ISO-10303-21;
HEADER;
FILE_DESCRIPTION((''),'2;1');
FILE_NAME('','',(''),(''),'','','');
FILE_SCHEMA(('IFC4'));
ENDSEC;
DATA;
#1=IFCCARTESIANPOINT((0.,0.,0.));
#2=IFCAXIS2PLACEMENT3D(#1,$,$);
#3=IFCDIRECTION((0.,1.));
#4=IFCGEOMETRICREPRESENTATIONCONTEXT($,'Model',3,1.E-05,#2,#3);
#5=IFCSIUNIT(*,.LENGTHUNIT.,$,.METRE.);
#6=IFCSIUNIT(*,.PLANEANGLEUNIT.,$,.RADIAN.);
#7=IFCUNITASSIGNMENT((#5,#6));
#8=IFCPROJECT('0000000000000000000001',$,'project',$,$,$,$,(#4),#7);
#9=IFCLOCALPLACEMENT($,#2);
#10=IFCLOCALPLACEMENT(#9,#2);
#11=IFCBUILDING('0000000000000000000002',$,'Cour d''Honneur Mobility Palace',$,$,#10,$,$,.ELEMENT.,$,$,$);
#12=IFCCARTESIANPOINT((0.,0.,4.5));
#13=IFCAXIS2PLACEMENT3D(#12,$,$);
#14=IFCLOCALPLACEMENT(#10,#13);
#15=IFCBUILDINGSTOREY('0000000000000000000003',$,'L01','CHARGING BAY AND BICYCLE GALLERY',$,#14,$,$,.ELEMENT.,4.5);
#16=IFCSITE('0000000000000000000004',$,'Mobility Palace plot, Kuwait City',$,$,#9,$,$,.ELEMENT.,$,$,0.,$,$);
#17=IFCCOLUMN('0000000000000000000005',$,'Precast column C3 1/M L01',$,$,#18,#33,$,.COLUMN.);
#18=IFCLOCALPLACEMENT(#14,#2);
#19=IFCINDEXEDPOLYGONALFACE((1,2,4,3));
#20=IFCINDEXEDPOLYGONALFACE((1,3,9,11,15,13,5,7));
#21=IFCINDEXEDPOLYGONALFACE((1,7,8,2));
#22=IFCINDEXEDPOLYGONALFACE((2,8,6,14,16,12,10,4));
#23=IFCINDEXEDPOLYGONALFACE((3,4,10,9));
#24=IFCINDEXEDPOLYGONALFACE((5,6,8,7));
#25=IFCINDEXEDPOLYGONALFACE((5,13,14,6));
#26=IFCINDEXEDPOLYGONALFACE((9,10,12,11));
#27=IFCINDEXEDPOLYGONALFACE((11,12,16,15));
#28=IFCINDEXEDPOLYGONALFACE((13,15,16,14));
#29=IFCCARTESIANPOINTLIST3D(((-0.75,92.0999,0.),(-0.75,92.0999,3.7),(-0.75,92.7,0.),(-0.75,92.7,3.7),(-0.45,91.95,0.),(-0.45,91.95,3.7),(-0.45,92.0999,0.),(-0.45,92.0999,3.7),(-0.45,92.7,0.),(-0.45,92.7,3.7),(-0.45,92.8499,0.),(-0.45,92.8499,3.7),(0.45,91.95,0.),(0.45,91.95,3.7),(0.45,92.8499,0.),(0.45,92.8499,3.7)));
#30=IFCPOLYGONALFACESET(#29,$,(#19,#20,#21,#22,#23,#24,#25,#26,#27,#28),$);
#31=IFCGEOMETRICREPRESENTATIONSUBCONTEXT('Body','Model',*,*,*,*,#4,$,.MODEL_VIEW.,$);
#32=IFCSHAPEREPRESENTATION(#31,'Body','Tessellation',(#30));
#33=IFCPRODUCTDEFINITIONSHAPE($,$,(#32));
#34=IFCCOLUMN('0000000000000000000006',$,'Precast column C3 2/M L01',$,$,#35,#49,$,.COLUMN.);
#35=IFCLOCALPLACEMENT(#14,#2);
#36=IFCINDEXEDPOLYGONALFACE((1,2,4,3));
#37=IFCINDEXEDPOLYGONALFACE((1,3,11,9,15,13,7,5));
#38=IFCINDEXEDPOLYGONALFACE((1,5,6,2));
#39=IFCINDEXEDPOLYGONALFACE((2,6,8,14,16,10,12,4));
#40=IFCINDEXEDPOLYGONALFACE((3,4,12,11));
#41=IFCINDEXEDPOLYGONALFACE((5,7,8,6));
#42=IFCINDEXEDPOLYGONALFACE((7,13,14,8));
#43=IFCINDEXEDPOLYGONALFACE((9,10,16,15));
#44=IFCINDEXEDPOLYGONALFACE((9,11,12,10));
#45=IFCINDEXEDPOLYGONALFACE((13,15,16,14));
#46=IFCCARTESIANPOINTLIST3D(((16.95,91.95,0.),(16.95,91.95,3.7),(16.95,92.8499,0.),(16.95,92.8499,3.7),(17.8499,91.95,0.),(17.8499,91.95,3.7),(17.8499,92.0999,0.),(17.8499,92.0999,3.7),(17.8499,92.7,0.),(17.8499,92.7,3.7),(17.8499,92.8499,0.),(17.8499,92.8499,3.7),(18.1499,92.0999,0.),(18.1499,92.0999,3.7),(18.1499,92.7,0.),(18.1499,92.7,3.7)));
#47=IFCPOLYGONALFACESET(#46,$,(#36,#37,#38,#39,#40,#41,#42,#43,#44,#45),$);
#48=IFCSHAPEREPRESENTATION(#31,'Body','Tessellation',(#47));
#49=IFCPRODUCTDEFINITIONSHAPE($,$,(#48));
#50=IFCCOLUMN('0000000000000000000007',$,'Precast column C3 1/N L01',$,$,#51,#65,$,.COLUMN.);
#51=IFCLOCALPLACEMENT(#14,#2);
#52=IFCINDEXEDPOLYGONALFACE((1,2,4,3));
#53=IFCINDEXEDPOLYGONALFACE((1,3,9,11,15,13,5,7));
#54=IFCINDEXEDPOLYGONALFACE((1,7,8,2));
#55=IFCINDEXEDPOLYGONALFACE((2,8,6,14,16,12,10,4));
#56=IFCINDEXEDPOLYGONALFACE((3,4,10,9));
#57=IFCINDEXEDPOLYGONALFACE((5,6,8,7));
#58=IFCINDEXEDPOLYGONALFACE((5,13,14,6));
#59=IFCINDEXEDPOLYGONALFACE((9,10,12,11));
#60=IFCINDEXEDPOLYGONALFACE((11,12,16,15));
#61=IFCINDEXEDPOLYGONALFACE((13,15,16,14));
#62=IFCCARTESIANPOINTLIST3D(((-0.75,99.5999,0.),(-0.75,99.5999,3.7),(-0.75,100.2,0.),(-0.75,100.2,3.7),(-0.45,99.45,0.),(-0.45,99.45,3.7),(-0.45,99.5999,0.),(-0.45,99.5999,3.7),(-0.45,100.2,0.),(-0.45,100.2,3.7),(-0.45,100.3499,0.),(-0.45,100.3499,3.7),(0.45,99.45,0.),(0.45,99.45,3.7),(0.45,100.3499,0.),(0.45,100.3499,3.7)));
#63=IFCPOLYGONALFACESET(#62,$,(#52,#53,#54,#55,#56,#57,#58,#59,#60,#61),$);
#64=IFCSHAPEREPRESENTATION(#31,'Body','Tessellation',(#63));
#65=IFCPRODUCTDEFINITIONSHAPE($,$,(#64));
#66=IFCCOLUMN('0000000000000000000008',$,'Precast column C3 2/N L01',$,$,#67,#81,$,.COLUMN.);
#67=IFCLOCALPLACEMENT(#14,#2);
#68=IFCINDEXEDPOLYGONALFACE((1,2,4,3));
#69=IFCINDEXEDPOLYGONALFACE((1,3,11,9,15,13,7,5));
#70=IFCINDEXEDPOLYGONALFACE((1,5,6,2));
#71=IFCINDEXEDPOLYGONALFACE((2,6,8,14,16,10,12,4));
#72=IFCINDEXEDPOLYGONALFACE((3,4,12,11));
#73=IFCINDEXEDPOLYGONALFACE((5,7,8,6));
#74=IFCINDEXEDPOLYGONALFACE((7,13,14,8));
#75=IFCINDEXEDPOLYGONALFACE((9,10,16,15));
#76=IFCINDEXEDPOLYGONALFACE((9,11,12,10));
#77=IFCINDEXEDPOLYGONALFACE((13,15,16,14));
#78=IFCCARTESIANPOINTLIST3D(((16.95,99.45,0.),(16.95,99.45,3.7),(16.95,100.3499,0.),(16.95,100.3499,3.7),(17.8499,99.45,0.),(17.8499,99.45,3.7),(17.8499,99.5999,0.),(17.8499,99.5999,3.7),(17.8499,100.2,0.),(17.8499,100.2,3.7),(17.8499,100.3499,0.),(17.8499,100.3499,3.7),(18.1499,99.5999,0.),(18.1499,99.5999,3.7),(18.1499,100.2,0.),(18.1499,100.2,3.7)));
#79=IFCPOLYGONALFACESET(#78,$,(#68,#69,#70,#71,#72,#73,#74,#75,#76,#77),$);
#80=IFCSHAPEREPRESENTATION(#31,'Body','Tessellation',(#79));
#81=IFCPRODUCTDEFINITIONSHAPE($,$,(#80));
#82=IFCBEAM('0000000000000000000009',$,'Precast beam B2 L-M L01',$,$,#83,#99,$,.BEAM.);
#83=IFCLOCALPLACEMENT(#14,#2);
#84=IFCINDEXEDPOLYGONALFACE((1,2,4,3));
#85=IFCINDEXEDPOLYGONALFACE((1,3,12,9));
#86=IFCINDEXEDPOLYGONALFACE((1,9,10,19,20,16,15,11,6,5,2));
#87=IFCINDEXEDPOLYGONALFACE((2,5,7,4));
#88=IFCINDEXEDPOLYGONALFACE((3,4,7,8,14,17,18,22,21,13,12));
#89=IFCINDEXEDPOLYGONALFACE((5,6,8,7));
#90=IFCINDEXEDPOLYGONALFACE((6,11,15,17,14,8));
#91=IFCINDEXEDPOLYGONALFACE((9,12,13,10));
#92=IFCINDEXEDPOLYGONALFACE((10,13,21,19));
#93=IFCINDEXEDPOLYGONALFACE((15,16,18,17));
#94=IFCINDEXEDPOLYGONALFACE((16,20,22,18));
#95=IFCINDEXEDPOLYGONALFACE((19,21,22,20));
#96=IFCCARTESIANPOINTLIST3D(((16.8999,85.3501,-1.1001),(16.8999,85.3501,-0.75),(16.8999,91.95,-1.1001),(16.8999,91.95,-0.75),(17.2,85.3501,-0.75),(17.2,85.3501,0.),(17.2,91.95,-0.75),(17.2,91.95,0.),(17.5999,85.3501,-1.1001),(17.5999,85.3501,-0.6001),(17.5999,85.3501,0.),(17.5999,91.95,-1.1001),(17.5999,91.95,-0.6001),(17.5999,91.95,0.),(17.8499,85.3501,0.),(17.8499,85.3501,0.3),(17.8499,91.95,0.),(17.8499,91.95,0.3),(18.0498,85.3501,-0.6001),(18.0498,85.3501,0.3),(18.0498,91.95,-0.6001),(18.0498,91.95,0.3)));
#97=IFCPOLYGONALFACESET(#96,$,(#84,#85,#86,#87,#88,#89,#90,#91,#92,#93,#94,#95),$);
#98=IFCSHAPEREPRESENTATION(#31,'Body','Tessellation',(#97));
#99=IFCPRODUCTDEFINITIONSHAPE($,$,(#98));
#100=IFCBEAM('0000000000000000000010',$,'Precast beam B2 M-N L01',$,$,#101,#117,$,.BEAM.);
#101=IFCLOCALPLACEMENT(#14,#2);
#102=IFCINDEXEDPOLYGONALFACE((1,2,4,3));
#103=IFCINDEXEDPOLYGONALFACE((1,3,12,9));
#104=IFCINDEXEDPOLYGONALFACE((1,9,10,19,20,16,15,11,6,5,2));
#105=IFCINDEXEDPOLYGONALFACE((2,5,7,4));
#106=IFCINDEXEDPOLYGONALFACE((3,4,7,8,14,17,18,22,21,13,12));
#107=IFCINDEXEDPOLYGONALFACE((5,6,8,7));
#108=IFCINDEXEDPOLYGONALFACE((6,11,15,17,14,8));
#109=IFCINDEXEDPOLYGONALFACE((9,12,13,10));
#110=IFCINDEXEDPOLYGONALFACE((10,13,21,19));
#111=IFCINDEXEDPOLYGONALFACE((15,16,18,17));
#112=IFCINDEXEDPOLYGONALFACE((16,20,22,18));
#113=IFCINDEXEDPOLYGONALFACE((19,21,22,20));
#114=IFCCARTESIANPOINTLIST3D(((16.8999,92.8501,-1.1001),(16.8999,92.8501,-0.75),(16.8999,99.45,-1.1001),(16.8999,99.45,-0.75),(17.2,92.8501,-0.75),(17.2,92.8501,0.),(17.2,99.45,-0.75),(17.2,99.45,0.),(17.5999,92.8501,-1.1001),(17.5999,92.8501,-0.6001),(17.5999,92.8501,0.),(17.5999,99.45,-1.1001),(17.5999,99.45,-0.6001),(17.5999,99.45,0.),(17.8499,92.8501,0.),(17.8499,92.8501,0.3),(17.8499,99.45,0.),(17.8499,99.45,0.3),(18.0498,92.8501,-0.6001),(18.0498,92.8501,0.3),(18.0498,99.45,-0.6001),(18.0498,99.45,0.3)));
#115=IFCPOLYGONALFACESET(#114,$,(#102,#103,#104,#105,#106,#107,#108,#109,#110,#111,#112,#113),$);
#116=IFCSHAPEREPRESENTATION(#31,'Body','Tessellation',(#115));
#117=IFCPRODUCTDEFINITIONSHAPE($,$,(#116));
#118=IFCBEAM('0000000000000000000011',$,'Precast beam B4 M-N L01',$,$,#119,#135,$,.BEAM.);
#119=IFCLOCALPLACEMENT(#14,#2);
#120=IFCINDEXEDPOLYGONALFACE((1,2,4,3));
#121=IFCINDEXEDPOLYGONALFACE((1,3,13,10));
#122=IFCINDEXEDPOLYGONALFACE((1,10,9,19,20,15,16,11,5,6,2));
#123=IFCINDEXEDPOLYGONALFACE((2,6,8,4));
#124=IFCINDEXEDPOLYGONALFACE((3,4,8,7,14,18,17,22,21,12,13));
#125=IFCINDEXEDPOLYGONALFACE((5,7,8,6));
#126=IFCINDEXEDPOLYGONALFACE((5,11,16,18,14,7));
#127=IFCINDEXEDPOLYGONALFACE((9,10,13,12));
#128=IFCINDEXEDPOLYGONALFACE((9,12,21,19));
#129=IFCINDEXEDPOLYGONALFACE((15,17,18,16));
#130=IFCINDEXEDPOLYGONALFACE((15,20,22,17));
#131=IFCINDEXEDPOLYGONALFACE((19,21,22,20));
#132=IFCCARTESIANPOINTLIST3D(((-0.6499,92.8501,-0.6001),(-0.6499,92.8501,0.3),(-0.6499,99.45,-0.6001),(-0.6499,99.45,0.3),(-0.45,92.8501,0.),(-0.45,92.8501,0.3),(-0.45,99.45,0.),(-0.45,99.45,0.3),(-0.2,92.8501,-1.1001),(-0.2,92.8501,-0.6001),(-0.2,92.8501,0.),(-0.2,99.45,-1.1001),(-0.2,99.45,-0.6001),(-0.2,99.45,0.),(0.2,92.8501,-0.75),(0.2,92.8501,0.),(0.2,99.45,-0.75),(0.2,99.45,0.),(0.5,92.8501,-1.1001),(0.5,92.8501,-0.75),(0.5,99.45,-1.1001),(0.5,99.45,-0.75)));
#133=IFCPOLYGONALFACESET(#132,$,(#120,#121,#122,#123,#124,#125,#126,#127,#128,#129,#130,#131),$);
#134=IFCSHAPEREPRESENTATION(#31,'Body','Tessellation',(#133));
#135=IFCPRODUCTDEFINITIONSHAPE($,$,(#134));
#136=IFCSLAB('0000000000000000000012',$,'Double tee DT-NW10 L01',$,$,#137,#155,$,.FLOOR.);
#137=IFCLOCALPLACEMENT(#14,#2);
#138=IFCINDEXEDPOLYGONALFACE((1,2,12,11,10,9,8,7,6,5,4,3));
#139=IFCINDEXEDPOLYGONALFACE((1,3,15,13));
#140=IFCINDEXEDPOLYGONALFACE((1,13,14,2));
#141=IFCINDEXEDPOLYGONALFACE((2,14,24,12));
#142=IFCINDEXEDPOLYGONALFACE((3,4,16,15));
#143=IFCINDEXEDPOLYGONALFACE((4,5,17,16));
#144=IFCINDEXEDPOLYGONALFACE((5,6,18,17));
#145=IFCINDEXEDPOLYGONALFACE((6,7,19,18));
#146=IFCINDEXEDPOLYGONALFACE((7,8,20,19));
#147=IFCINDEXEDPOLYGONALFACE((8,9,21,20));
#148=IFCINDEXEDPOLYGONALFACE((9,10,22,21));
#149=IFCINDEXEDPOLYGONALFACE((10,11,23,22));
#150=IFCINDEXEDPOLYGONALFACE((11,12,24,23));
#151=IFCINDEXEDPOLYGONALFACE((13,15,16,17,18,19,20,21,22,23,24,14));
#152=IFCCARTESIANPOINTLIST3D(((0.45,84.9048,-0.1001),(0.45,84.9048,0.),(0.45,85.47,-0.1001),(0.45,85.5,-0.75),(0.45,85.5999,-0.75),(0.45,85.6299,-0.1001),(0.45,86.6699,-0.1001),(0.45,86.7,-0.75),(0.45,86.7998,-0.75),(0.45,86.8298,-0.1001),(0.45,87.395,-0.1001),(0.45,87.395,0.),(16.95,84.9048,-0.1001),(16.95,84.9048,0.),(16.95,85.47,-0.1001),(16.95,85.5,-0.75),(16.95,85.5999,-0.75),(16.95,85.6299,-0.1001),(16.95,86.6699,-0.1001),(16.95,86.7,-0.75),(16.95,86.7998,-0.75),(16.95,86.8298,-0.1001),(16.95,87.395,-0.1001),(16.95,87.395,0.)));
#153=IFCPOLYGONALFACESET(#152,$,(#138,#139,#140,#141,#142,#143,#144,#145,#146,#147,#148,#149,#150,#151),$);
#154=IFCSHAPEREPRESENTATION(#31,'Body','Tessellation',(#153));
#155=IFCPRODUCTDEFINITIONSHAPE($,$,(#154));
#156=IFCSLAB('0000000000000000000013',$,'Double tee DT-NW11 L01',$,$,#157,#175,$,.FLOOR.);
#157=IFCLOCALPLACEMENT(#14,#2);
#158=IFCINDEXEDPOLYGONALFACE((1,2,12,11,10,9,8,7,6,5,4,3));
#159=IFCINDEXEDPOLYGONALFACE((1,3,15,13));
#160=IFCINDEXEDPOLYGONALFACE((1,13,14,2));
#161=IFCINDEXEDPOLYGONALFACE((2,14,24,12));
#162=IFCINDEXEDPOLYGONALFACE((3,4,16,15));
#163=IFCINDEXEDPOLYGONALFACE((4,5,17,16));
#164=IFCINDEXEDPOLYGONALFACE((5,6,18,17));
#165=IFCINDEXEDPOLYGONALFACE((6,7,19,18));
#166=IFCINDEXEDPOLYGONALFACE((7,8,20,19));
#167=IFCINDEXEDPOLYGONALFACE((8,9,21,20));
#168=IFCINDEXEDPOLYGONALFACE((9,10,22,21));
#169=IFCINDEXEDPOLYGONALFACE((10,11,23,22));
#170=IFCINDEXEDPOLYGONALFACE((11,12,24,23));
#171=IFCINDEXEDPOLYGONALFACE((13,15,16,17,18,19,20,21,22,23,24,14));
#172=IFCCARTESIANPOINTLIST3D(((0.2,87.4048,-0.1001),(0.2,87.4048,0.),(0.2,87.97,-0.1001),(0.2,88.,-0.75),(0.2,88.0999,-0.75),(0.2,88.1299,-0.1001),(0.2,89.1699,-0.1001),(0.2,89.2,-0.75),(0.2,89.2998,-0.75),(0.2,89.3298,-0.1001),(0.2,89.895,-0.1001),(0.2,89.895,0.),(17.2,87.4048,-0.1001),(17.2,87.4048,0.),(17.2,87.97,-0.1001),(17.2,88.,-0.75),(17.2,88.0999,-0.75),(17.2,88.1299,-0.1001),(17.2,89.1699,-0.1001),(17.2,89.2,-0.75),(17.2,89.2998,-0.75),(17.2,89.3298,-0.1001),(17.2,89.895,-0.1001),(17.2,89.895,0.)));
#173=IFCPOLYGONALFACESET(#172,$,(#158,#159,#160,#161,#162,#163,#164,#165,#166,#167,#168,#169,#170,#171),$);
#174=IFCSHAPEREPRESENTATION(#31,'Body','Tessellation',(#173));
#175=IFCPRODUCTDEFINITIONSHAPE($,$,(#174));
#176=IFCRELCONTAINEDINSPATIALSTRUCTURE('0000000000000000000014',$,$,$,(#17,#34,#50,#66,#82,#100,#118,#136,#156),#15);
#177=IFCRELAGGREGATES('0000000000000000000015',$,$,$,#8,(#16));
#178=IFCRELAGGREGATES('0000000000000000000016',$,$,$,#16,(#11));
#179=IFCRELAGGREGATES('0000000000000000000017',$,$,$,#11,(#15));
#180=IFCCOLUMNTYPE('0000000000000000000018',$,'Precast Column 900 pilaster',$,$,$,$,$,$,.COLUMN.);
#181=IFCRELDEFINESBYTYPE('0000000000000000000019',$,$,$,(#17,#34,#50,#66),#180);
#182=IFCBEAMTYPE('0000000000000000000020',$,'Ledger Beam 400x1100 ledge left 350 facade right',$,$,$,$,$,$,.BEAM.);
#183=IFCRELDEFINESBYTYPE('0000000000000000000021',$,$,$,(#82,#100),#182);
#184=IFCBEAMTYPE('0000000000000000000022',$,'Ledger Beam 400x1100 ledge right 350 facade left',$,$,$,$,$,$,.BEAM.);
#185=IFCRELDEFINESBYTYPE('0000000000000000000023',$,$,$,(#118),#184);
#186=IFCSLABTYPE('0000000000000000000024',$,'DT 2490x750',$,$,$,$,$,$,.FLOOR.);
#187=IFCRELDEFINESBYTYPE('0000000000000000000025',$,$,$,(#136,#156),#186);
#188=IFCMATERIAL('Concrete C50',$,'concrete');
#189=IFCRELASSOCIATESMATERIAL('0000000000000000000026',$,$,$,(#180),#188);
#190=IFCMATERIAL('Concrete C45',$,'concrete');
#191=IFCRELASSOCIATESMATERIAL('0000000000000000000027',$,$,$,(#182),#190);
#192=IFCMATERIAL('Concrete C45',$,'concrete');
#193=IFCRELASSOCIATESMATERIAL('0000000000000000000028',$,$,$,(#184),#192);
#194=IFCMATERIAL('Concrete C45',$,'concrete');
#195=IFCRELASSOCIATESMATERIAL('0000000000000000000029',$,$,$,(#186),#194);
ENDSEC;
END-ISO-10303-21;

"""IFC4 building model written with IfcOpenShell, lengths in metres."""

from ifc_helpers import new_model, si_unit, direction, frame, origin, place, context, subcontext, project, spatial, polyline, outline, extrude, material, material_profile, profile_set, type_object, element, save


model = new_model("IFC4")

# Units and contexts
model_context = context("Model", 3, precision=1e-05, world=origin(), true_north=direction((0.0, 1.0)))
body_context = subcontext(model_context, "Body", "Model", "MODEL_VIEW")
ifc_project = project(units=[si_unit("LENGTHUNIT", "METRE"), si_unit("PLANEANGLEUNIT", "RADIAN")], contexts=[model_context])

# Site, building, storey
site_placement = place(None, origin())
site = spatial("IfcSite", under=ifc_project, at=site_placement, Name="Mobility Palace plot, Kuwait City", CompositionType="ELEMENT", RefElevation=0.0)
building_placement = place(site_placement, origin())
building = spatial("IfcBuilding", under=site, at=building_placement, Name="Cour d'Honneur Mobility Palace", CompositionType="ELEMENT")
storey_placement = place(building_placement, frame((0.0, 0.0, 4.5)))
storey = spatial("IfcBuildingStorey", under=building, at=storey_placement, Name="L01", Description="CHARGING BAY AND BICYCLE GALLERY", CompositionType="ELEMENT", Elevation=4.5)

# Columns
ifc_material_1 = material(Name="Concrete C50", Category="concrete")
ifc_material_profile_1 = material_profile(ifc_material_1, outline(polyline([(-0.45, -0.45), (0.45, -0.45), (0.45, -0.3), (0.75, -0.3), (0.75, 0.3), (0.45, 0.3), (0.45, 0.45), (-0.45, 0.45), (-0.45, -0.45)])), Name="PC C900 pilaster")
ifc_profile_set_1 = profile_set([ifc_material_profile_1], Name="Concrete C50")
column_type = type_object("IfcColumnType", Name="Precast Column 900 pilaster", PredefinedType="COLUMN", material=ifc_profile_set_1)
for number, where, z_axis, x_axis, name in (
    (1, (0.0, 92.3999, 0.0), (0.0, 0.0, 1.0), (-1.0, 0.0, 0.0), "Precast column C3 1/M L01"),
    (2, (17.3999, 92.3999, 0.0), (0.0, 0.0, 1.0), (1.0, 0.0, 0.0), "Precast column C3 2/M L01"),
    (3, (0.0, 99.8999, 0.0), (0.0, 0.0, 1.0), (-1.0, 0.0, 0.0), "Precast column C3 1/N L01"),
    (4, (17.3999, 99.8999, 0.0), (0.0, 0.0, 1.0), (1.0, 0.0, 0.0), "Precast column C3 2/N L01"),
):
    element("IfcColumn", number, at=place(storey_placement, frame(where, z_axis=z_axis, x_axis=x_axis)), inside=storey, type_object=column_type, Name=name, PredefinedType="COLUMN", context=body_context, shape_type="SweptSolid", body=[
        extrude(outline(polyline([(-0.45, -0.45), (0.45, -0.45), (0.45, -0.3), (0.75, -0.3), (0.75, 0.3), (0.45, 0.3), (0.45, 0.45), (-0.45, 0.45), (-0.45, -0.45)])), origin(), (0.0, 0.0, 1.0), 3.7),
    ])

# Beams
ifc_material_2 = material(Name="Concrete C45", Category="concrete")
ifc_material_profile_2 = material_profile(ifc_material_2, outline(polyline([(0.5, -1.1001), (0.5, -0.75), (0.2, -0.75), (0.2, 0.0), (-0.2, 0.0), (-0.45, 0.0), (-0.45, 0.3), (-0.6499, 0.3), (-0.6499, -0.6001), (-0.2, -0.6001), (-0.2, -1.1001), (0.5, -1.1001)])), Name="Ledger Beam 400x1100 ledge left 350 facade right")
ifc_profile_set_2 = profile_set([ifc_material_profile_2], Name="Concrete C45")
beam_type_1 = type_object("IfcBeamType", Name="Ledger Beam 400x1100 ledge left 350 facade right", PredefinedType="BEAM", material=ifc_profile_set_2)
for number, where, z_axis, x_axis, name in (
    (5, (17.3999, 85.3501, 0.0), (0.0, 1.0, 0.0), (-1.0, 0.0, 0.0), "Precast beam B2 L-M L01"),
    (6, (17.3999, 92.8501, 0.0), (0.0, 1.0, 0.0), (-1.0, 0.0, 0.0), "Precast beam B2 M-N L01"),
):
    element("IfcBeam", number, at=place(storey_placement, frame(where, z_axis=z_axis, x_axis=x_axis)), inside=storey, type_object=beam_type_1, Name=name, PredefinedType="BEAM", context=body_context, shape_type="SweptSolid", body=[
        extrude(outline(polyline([(0.5, -1.1001), (0.5, -0.75), (0.2, -0.75), (0.2, 0.0), (-0.2, 0.0), (-0.45, 0.0), (-0.45, 0.3), (-0.6499, 0.3), (-0.6499, -0.6001), (-0.2, -0.6001), (-0.2, -1.1001), (0.5, -1.1001)])), origin(), (0.0, 0.0, 1.0), 6.5999),
    ])
ifc_material_3 = material(Name="Concrete C45", Category="concrete")
ifc_material_profile_3 = material_profile(ifc_material_3, outline(polyline([(0.2, -1.1001), (0.2, -0.6001), (0.6499, -0.6001), (0.6499, 0.3), (0.45, 0.3), (0.45, 0.0), (0.2, 0.0), (-0.2, 0.0), (-0.2, -0.75), (-0.5, -0.75), (-0.5, -1.1001), (0.2, -1.1001)])), Name="Ledger Beam 400x1100 ledge right 350 facade left")
ifc_profile_set_3 = profile_set([ifc_material_profile_3], Name="Concrete C45")
beam_type_2 = type_object("IfcBeamType", Name="Ledger Beam 400x1100 ledge right 350 facade left", PredefinedType="BEAM", material=ifc_profile_set_3)
beam_placement = place(storey_placement, frame((0.0, 92.8501, 0.0), z_axis=(0.0, 1.0, 0.0), x_axis=(-1.0, 0.0, 0.0)))
element("IfcBeam", 7, at=beam_placement, inside=storey, type_object=beam_type_2, Name="Precast beam B4 M-N L01", PredefinedType="BEAM", context=body_context, shape_type="SweptSolid", body=[
    extrude(outline(polyline([(0.2, -1.1001), (0.2, -0.6001), (0.6499, -0.6001), (0.6499, 0.3), (0.45, 0.3), (0.45, 0.0), (0.2, 0.0), (-0.2, 0.0), (-0.2, -0.75), (-0.5, -0.75), (-0.5, -1.1001), (0.2, -1.1001)])), origin(), (0.0, 0.0, 1.0), 6.5999),
])

# Slabs
ifc_material_4 = material(Name="Concrete C45", Category="concrete")
ifc_material_profile_4 = material_profile(ifc_material_4, outline(polyline([(-1.2451, 0.0), (1.2451, 0.0), (1.2451, -0.1001), (0.6799, -0.1001), (0.6499, -0.75), (0.55, -0.75), (0.52, -0.1001), (-0.52, -0.1001), (-0.55, -0.75), (-0.6499, -0.75), (-0.6799, -0.1001), (-1.2451, -0.1001), (-1.2451, 0.0)])), Name="DT 2490x750")
ifc_profile_set_4 = profile_set([ifc_material_profile_4], Name="Concrete C45")
slab_type = type_object("IfcSlabType", Name="DT 2490x750", PredefinedType="FLOOR", material=ifc_profile_set_4)
slab_1_placement = place(storey_placement, frame((0.45, 86.1499, 0.0), z_axis=(1.0, 0.0, 0.0), x_axis=(0.0, 1.0, 0.0)))
element("IfcSlab", 8, at=slab_1_placement, inside=storey, type_object=slab_type, Name="Double tee DT-NW10 L01", PredefinedType="FLOOR", context=body_context, shape_type="SweptSolid", body=[
    extrude(outline(polyline([(-1.2451, 0.0), (1.2451, 0.0), (1.2451, -0.1001), (0.6799, -0.1001), (0.6499, -0.75), (0.55, -0.75), (0.52, -0.1001), (-0.52, -0.1001), (-0.55, -0.75), (-0.6499, -0.75), (-0.6799, -0.1001), (-1.2451, -0.1001), (-1.2451, 0.0)])), origin(), (0.0, 0.0, 1.0), 16.5),
])
slab_2_placement = place(storey_placement, frame((0.2, 88.6499, 0.0), z_axis=(1.0, 0.0, 0.0), x_axis=(0.0, 1.0, 0.0)))
element("IfcSlab", 9, at=slab_2_placement, inside=storey, type_object=slab_type, Name="Double tee DT-NW11 L01", PredefinedType="FLOOR", context=body_context, shape_type="SweptSolid", body=[
    extrude(outline(polyline([(-1.2451, 0.0), (1.2451, 0.0), (1.2451, -0.1001), (0.6799, -0.1001), (0.6499, -0.75), (0.55, -0.75), (0.52, -0.1001), (-0.52, -0.1001), (-0.55, -0.75), (-0.6499, -0.75), (-0.6799, -0.1001), (-1.2451, -0.1001), (-1.2451, 0.0)])), origin(), (0.0, 0.0, 1.0), 17.0),
])

save(model, "model.ifc")
